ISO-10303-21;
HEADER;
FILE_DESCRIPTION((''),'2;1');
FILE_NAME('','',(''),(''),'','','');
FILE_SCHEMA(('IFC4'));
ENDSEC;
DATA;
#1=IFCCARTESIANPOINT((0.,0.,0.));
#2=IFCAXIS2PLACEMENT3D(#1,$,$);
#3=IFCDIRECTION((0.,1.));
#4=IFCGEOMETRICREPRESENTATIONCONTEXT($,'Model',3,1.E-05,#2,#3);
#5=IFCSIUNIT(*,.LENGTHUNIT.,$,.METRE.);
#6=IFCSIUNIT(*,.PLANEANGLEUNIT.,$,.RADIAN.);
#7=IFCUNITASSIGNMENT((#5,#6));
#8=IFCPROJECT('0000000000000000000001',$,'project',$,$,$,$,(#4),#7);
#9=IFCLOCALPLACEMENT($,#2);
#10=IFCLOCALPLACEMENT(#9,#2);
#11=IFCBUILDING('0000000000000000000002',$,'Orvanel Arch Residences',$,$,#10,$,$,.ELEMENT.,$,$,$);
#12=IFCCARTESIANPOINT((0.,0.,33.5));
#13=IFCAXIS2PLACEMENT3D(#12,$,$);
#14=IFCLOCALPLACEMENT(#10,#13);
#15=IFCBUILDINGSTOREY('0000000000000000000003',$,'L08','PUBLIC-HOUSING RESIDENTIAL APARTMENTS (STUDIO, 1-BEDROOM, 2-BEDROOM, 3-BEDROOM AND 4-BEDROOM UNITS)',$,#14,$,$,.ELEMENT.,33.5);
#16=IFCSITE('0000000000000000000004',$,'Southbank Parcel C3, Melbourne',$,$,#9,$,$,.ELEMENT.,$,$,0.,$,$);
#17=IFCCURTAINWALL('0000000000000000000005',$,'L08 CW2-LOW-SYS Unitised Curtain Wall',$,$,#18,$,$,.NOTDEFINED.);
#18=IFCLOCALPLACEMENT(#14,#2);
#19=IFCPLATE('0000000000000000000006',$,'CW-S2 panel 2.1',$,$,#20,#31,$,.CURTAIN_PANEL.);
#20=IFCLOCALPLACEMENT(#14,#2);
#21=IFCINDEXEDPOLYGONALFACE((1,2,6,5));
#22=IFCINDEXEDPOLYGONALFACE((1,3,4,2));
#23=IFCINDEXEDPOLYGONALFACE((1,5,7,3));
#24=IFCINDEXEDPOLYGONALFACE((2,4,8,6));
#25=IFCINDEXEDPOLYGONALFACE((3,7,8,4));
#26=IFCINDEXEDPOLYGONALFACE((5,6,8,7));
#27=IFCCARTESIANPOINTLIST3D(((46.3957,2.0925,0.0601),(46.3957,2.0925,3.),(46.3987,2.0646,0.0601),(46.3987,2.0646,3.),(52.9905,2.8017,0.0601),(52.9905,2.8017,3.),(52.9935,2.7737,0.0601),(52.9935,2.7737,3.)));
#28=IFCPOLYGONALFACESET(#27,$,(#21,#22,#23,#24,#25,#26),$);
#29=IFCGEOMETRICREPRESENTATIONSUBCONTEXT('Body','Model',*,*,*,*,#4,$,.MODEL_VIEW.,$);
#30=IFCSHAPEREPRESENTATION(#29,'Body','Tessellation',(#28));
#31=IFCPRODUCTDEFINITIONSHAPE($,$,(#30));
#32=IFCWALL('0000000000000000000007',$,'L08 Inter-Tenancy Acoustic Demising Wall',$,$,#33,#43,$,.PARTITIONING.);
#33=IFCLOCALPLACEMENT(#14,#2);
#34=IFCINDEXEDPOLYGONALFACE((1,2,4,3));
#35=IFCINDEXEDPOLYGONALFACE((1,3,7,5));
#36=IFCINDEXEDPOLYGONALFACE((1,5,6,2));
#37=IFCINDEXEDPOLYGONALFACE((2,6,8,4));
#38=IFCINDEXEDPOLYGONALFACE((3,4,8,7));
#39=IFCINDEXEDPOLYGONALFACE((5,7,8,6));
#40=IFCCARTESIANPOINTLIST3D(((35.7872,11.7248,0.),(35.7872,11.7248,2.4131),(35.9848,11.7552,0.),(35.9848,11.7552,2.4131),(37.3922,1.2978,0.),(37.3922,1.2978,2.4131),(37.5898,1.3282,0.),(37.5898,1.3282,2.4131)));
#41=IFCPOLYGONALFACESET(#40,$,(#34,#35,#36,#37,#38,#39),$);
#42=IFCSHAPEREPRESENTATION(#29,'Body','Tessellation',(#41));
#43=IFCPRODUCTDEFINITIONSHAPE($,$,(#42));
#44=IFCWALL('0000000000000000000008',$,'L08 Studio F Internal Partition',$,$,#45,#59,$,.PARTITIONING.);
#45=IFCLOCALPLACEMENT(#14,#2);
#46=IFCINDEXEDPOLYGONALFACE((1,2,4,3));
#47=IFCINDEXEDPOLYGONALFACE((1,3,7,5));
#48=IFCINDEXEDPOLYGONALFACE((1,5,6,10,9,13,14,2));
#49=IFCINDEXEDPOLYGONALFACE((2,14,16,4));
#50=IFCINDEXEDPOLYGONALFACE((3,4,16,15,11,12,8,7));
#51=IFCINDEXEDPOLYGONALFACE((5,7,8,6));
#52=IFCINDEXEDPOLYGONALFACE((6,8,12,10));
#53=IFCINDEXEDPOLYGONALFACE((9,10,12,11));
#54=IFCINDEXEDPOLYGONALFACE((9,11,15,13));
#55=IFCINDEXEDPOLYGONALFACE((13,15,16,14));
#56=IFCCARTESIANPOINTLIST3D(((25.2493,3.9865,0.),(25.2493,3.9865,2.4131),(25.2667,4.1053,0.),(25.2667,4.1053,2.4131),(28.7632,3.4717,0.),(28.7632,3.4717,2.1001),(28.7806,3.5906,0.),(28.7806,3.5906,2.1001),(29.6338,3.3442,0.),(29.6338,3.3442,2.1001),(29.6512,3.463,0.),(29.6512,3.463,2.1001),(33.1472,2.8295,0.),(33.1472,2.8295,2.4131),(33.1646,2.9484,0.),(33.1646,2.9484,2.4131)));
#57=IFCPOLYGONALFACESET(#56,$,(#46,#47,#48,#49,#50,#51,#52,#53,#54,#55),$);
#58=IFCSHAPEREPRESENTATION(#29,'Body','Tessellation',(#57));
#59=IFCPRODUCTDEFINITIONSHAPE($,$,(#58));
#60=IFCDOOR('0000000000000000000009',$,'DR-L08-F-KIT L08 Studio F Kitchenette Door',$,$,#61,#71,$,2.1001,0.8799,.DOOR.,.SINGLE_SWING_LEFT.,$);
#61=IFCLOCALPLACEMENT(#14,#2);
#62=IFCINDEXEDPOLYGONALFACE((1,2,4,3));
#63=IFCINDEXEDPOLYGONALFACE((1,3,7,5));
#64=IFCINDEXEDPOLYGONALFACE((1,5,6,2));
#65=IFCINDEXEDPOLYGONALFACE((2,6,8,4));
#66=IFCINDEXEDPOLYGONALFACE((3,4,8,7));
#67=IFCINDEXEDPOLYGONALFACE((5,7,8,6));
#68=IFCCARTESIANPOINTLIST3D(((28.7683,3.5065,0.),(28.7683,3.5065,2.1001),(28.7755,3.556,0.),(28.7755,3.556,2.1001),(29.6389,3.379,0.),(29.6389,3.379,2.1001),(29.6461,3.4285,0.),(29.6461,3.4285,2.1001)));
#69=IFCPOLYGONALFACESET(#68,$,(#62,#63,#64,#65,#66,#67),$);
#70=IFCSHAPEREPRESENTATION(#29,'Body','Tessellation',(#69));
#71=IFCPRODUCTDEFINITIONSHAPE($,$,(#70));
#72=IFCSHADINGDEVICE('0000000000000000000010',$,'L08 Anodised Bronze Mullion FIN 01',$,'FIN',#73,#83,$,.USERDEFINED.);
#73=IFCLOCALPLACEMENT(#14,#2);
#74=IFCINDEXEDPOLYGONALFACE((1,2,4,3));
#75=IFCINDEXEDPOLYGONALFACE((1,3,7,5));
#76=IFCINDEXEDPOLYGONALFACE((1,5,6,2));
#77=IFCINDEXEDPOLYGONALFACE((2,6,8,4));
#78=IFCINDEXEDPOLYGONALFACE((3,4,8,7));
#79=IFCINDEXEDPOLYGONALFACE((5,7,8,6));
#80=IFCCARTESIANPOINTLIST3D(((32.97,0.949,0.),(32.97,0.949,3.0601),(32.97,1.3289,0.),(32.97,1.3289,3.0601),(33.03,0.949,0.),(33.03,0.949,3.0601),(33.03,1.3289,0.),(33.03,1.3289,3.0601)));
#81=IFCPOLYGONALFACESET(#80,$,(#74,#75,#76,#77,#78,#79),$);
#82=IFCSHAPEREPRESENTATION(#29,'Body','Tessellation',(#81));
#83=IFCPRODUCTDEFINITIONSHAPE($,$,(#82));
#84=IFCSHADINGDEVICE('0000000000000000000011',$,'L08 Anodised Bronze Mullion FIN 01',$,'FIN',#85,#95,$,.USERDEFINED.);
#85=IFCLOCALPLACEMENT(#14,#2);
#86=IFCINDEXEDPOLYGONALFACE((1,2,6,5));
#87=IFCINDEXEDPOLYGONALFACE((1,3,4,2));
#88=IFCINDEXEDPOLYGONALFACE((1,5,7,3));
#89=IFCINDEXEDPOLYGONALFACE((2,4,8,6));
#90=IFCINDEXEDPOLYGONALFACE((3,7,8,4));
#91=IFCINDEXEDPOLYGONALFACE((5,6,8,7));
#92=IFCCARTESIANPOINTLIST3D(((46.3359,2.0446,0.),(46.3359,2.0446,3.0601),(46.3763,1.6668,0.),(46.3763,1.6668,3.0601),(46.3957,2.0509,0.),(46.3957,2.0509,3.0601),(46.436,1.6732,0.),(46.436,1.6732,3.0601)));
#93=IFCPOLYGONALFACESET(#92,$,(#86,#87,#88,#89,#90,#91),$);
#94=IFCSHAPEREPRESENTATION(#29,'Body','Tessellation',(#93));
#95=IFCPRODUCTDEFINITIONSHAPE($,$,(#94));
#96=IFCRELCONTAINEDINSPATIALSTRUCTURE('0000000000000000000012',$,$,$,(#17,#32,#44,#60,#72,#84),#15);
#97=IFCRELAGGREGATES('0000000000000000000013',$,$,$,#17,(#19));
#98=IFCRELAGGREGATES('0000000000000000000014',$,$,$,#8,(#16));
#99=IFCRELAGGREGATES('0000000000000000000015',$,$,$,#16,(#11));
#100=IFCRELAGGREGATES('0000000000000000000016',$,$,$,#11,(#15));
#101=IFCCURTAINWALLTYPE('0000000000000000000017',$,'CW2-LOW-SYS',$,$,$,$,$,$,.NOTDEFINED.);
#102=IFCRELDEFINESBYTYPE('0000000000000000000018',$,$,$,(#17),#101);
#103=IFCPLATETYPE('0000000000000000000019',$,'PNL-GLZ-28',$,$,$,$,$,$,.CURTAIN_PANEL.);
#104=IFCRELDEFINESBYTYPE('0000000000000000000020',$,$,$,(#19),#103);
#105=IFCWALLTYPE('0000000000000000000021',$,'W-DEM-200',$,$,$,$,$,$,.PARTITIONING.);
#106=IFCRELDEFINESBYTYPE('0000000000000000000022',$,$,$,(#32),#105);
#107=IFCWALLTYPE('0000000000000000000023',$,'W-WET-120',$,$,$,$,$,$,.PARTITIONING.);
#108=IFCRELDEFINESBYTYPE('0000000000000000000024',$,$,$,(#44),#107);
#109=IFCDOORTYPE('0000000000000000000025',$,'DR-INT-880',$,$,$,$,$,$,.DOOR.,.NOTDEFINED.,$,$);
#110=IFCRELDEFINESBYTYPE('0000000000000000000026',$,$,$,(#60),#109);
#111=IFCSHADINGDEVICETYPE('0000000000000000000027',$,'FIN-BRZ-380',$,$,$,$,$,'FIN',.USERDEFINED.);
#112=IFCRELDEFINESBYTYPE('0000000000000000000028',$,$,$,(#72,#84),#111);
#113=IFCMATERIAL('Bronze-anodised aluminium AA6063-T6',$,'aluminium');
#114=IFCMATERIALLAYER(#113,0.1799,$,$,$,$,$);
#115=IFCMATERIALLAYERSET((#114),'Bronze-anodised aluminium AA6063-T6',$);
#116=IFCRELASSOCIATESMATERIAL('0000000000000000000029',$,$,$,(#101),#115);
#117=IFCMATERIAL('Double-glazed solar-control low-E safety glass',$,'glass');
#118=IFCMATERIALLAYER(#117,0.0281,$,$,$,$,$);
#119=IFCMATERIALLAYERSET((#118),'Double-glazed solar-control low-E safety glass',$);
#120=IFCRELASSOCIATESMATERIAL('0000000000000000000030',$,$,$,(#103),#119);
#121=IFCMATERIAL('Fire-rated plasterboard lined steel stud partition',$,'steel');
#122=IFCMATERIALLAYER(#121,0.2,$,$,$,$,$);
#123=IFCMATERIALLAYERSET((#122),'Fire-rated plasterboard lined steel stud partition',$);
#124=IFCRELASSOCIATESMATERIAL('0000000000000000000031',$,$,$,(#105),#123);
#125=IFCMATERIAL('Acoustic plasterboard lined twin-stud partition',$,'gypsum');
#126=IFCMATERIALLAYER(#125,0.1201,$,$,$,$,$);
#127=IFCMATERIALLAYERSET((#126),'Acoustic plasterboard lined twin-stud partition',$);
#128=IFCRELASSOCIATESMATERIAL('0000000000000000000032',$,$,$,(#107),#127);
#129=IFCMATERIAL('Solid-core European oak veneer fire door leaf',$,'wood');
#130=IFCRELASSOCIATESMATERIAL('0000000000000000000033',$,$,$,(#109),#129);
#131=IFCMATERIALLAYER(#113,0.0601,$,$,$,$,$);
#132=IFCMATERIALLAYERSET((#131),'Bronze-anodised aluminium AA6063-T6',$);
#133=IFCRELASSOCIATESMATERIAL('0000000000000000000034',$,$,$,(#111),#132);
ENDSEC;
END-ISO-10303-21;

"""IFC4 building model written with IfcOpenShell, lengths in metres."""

from ifc_helpers import new_model, si_unit, direction, frame, frame_2d, origin, origin_2d, place, context, subcontext, project, spatial, rectangle, extrude, material, layer, layer_set, type_object, element, fill, aggregate, save


model = new_model("IFC4")

# Units and contexts
model_context = context("Model", 3, precision=1e-05, world=origin(), true_north=direction((0.0, 1.0)))
body_context = subcontext(model_context, "Body", "Model", "MODEL_VIEW")
ifc_project = project(units=[si_unit("LENGTHUNIT", "METRE"), si_unit("PLANEANGLEUNIT", "RADIAN")], contexts=[model_context])

# Site, building, storey
site_placement = place(None, origin())
site = spatial("IfcSite", under=ifc_project, at=site_placement, Name="Southbank Parcel C3, Melbourne", CompositionType="ELEMENT", RefElevation=0.0)
building_placement = place(site_placement, origin())
building = spatial("IfcBuilding", under=site, at=building_placement, Name="Orvanel Arch Residences", CompositionType="ELEMENT")
storey_placement = place(building_placement, frame((0.0, 0.0, 33.5)))
storey = spatial("IfcBuildingStorey", under=building, at=storey_placement, Name="L08", Description="PUBLIC-HOUSING RESIDENTIAL APARTMENTS (STUDIO, 1-BEDROOM, 2-BEDROOM, 3-BEDROOM AND 4-BEDROOM UNITS)", CompositionType="ELEMENT", Elevation=33.5)

# Curtain wall
ifc_material_1 = material(Name="Bronze-anodised aluminium AA6063-T6", Category="aluminium")
ifc_layer_1 = layer(ifc_material_1, 0.1799)
ifc_layer_set_1 = layer_set([ifc_layer_1], Name="Bronze-anodised aluminium AA6063-T6")
curtain_wall_type = type_object("IfcCurtainWallType", Name="CW2-LOW-SYS", PredefinedType="NOTDEFINED", material=ifc_layer_set_1)
curtain_wall_1_placement = place(storey_placement, origin())
curtain_wall_1 = element("IfcCurtainWall", 1, at=curtain_wall_1_placement, inside=storey, type_object=curtain_wall_type, Name="L08 CW2-LOW-SYS Unitised Curtain Wall", PredefinedType="NOTDEFINED")

# Plate
ifc_material_2 = material(Name="Double-glazed solar-control low-E safety glass", Category="glass")
ifc_layer_2 = layer(ifc_material_2, 0.0281)
ifc_layer_set_2 = layer_set([ifc_layer_2], Name="Double-glazed solar-control low-E safety glass")
plate_type = type_object("IfcPlateType", Name="PNL-GLZ-28", PredefinedType="CURTAIN_PANEL", material=ifc_layer_set_2)
plate_1_placement = place(storey_placement, frame((49.6946, 2.4331, 0.0601), z_axis=(0.0, 0.0, 1.0), x_axis=(0.994267, 0.106921, 0.0)))
plate_1 = element("IfcPlate", 2, at=plate_1_placement, type_object=plate_type, Name="CW-S2 panel 2.1", PredefinedType="CURTAIN_PANEL", context=body_context, shape_type="SweptSolid", body=[
    extrude(rectangle(XDim=6.6328, YDim=0.0281, at=origin_2d()), origin(), (0.0, 0.0, 1.0), 2.9399),
])
aggregate(curtain_wall_1, [plate_1])

# Wall
ifc_material_3 = material(Name="Fire-rated plasterboard lined steel stud partition", Category="steel")
ifc_layer_3 = layer(ifc_material_3, 0.2)
ifc_layer_set_3 = layer_set([ifc_layer_3], Name="Fire-rated plasterboard lined steel stud partition")
wall_type_1 = type_object("IfcWallType", Name="W-DEM-200", PredefinedType="PARTITIONING", material=ifc_layer_set_3)
wall_1_placement = place(storey_placement, frame((37.491, 1.313, 0.0), z_axis=(0.0, 0.0, 1.0), x_axis=(-0.152134, 0.98836, 0.0)))
element("IfcWall", 3, at=wall_1_placement, inside=storey, type_object=wall_type_1, Name="L08 Inter-Tenancy Acoustic Demising Wall", PredefinedType="PARTITIONING", context=body_context, shape_type="SweptSolid", body=[
    extrude(rectangle(XDim=10.5498, YDim=0.2, at=frame_2d((5.2749, 0.0))), origin(), (0.0, 0.0, 1.0), 2.4131),
])

# Wall, opening, door
ifc_material_4 = material(Name="Acoustic plasterboard lined twin-stud partition", Category="gypsum")
ifc_layer_4 = layer(ifc_material_4, 0.1201)
ifc_layer_set_4 = layer_set([ifc_layer_4], Name="Acoustic plasterboard lined twin-stud partition")
wall_type_2 = type_object("IfcWallType", Name="W-WET-120", PredefinedType="PARTITIONING", material=ifc_layer_set_4)
wall_2_placement = place(storey_placement, frame((33.156, 2.8889, 0.0), z_axis=(0.0, 0.0, 1.0), x_axis=(-0.98944, 0.144945, 0.0)))
wall_2 = element("IfcWall", 4, at=wall_2_placement, inside=storey, type_object=wall_type_2, Name="L08 Studio F Internal Partition", PredefinedType="PARTITIONING", context=body_context, shape_type="SweptSolid", body=[
    extrude(rectangle(XDim=7.9822, YDim=0.1201, at=frame_2d((3.9912, 0.0))), origin(), (0.0, 0.0, 1.0), 2.4131),
])
opening_placement = place(wall_2_placement, frame((3.551, 0.0, 0.0)))
opening = element("IfcOpeningElement", 5, at=opening_placement, cuts=wall_2, PredefinedType="OPENING", context=body_context, shape_type="SweptSolid", body=[
    extrude(rectangle(XDim=0.8799, YDim=2.1001, at=frame_2d((0.4399, 1.05))), frame((0.0, 0.0701, 0.0), z_axis=(0.0, -1.0, 0.0), x_axis=(1.0, 0.0, 0.0)), (0.0, 0.0, 1.0), 0.1401),
])
ifc_material_5 = material(Name="Solid-core European oak veneer fire door leaf", Category="wood")
door_type = type_object("IfcDoorType", Name="DR-INT-880", OperationType="NOTDEFINED", PredefinedType="DOOR", material=ifc_material_5)
door_placement = place(opening_placement, origin())
door = element("IfcDoor", 6, at=door_placement, inside=storey, type_object=door_type, Name="DR-L08-F-KIT L08 Studio F Kitchenette Door", OperationType="SINGLE_SWING_LEFT", OverallHeight=2.1001, OverallWidth=0.8799, PredefinedType="DOOR", context=body_context, shape_type="SweptSolid", body=[
    extrude(rectangle(XDim=0.8799, YDim=2.1001, at=frame_2d((0.4399, 1.05))), frame((0.0, 0.0249, 0.0), z_axis=(0.0, -1.0, 0.0), x_axis=(1.0, 0.0, 0.0)), (0.0, 0.0, 1.0), 0.05),
])
fill(opening, door)

# Shading devices
ifc_layer_5 = layer(ifc_material_1, 0.0601)
ifc_layer_set_5 = layer_set([ifc_layer_5], Name="Bronze-anodised aluminium AA6063-T6")
shading_device_type = type_object("IfcShadingDeviceType", Name="FIN-BRZ-380", ElementType="FIN", PredefinedType="USERDEFINED", material=ifc_layer_set_5)
for number, where, z_axis, x_axis, name in (
    (7, (33.0, 1.1389, 0.0), (0.0, 0.0, 1.0), (0.0, -1.0, 0.0), "L08 Anodised Bronze Mullion FIN 01"),
    (8, (46.386, 1.8589, 0.0), (0.0, 0.0, 1.0), (0.106264, -0.994338, 0.0), "L08 Anodised Bronze Mullion FIN 01"),
):
    element("IfcShadingDevice", number, at=place(storey_placement, frame(where, z_axis=z_axis, x_axis=x_axis)), inside=storey, type_object=shading_device_type, Name=name, ObjectType="FIN", PredefinedType="USERDEFINED", context=body_context, shape_type="SweptSolid", body=[
        extrude(rectangle(XDim=0.3799, YDim=0.0601, at=origin_2d()), origin(), (0.0, 0.0, 1.0), 3.0601),
    ])

save(model, "model.ifc")
